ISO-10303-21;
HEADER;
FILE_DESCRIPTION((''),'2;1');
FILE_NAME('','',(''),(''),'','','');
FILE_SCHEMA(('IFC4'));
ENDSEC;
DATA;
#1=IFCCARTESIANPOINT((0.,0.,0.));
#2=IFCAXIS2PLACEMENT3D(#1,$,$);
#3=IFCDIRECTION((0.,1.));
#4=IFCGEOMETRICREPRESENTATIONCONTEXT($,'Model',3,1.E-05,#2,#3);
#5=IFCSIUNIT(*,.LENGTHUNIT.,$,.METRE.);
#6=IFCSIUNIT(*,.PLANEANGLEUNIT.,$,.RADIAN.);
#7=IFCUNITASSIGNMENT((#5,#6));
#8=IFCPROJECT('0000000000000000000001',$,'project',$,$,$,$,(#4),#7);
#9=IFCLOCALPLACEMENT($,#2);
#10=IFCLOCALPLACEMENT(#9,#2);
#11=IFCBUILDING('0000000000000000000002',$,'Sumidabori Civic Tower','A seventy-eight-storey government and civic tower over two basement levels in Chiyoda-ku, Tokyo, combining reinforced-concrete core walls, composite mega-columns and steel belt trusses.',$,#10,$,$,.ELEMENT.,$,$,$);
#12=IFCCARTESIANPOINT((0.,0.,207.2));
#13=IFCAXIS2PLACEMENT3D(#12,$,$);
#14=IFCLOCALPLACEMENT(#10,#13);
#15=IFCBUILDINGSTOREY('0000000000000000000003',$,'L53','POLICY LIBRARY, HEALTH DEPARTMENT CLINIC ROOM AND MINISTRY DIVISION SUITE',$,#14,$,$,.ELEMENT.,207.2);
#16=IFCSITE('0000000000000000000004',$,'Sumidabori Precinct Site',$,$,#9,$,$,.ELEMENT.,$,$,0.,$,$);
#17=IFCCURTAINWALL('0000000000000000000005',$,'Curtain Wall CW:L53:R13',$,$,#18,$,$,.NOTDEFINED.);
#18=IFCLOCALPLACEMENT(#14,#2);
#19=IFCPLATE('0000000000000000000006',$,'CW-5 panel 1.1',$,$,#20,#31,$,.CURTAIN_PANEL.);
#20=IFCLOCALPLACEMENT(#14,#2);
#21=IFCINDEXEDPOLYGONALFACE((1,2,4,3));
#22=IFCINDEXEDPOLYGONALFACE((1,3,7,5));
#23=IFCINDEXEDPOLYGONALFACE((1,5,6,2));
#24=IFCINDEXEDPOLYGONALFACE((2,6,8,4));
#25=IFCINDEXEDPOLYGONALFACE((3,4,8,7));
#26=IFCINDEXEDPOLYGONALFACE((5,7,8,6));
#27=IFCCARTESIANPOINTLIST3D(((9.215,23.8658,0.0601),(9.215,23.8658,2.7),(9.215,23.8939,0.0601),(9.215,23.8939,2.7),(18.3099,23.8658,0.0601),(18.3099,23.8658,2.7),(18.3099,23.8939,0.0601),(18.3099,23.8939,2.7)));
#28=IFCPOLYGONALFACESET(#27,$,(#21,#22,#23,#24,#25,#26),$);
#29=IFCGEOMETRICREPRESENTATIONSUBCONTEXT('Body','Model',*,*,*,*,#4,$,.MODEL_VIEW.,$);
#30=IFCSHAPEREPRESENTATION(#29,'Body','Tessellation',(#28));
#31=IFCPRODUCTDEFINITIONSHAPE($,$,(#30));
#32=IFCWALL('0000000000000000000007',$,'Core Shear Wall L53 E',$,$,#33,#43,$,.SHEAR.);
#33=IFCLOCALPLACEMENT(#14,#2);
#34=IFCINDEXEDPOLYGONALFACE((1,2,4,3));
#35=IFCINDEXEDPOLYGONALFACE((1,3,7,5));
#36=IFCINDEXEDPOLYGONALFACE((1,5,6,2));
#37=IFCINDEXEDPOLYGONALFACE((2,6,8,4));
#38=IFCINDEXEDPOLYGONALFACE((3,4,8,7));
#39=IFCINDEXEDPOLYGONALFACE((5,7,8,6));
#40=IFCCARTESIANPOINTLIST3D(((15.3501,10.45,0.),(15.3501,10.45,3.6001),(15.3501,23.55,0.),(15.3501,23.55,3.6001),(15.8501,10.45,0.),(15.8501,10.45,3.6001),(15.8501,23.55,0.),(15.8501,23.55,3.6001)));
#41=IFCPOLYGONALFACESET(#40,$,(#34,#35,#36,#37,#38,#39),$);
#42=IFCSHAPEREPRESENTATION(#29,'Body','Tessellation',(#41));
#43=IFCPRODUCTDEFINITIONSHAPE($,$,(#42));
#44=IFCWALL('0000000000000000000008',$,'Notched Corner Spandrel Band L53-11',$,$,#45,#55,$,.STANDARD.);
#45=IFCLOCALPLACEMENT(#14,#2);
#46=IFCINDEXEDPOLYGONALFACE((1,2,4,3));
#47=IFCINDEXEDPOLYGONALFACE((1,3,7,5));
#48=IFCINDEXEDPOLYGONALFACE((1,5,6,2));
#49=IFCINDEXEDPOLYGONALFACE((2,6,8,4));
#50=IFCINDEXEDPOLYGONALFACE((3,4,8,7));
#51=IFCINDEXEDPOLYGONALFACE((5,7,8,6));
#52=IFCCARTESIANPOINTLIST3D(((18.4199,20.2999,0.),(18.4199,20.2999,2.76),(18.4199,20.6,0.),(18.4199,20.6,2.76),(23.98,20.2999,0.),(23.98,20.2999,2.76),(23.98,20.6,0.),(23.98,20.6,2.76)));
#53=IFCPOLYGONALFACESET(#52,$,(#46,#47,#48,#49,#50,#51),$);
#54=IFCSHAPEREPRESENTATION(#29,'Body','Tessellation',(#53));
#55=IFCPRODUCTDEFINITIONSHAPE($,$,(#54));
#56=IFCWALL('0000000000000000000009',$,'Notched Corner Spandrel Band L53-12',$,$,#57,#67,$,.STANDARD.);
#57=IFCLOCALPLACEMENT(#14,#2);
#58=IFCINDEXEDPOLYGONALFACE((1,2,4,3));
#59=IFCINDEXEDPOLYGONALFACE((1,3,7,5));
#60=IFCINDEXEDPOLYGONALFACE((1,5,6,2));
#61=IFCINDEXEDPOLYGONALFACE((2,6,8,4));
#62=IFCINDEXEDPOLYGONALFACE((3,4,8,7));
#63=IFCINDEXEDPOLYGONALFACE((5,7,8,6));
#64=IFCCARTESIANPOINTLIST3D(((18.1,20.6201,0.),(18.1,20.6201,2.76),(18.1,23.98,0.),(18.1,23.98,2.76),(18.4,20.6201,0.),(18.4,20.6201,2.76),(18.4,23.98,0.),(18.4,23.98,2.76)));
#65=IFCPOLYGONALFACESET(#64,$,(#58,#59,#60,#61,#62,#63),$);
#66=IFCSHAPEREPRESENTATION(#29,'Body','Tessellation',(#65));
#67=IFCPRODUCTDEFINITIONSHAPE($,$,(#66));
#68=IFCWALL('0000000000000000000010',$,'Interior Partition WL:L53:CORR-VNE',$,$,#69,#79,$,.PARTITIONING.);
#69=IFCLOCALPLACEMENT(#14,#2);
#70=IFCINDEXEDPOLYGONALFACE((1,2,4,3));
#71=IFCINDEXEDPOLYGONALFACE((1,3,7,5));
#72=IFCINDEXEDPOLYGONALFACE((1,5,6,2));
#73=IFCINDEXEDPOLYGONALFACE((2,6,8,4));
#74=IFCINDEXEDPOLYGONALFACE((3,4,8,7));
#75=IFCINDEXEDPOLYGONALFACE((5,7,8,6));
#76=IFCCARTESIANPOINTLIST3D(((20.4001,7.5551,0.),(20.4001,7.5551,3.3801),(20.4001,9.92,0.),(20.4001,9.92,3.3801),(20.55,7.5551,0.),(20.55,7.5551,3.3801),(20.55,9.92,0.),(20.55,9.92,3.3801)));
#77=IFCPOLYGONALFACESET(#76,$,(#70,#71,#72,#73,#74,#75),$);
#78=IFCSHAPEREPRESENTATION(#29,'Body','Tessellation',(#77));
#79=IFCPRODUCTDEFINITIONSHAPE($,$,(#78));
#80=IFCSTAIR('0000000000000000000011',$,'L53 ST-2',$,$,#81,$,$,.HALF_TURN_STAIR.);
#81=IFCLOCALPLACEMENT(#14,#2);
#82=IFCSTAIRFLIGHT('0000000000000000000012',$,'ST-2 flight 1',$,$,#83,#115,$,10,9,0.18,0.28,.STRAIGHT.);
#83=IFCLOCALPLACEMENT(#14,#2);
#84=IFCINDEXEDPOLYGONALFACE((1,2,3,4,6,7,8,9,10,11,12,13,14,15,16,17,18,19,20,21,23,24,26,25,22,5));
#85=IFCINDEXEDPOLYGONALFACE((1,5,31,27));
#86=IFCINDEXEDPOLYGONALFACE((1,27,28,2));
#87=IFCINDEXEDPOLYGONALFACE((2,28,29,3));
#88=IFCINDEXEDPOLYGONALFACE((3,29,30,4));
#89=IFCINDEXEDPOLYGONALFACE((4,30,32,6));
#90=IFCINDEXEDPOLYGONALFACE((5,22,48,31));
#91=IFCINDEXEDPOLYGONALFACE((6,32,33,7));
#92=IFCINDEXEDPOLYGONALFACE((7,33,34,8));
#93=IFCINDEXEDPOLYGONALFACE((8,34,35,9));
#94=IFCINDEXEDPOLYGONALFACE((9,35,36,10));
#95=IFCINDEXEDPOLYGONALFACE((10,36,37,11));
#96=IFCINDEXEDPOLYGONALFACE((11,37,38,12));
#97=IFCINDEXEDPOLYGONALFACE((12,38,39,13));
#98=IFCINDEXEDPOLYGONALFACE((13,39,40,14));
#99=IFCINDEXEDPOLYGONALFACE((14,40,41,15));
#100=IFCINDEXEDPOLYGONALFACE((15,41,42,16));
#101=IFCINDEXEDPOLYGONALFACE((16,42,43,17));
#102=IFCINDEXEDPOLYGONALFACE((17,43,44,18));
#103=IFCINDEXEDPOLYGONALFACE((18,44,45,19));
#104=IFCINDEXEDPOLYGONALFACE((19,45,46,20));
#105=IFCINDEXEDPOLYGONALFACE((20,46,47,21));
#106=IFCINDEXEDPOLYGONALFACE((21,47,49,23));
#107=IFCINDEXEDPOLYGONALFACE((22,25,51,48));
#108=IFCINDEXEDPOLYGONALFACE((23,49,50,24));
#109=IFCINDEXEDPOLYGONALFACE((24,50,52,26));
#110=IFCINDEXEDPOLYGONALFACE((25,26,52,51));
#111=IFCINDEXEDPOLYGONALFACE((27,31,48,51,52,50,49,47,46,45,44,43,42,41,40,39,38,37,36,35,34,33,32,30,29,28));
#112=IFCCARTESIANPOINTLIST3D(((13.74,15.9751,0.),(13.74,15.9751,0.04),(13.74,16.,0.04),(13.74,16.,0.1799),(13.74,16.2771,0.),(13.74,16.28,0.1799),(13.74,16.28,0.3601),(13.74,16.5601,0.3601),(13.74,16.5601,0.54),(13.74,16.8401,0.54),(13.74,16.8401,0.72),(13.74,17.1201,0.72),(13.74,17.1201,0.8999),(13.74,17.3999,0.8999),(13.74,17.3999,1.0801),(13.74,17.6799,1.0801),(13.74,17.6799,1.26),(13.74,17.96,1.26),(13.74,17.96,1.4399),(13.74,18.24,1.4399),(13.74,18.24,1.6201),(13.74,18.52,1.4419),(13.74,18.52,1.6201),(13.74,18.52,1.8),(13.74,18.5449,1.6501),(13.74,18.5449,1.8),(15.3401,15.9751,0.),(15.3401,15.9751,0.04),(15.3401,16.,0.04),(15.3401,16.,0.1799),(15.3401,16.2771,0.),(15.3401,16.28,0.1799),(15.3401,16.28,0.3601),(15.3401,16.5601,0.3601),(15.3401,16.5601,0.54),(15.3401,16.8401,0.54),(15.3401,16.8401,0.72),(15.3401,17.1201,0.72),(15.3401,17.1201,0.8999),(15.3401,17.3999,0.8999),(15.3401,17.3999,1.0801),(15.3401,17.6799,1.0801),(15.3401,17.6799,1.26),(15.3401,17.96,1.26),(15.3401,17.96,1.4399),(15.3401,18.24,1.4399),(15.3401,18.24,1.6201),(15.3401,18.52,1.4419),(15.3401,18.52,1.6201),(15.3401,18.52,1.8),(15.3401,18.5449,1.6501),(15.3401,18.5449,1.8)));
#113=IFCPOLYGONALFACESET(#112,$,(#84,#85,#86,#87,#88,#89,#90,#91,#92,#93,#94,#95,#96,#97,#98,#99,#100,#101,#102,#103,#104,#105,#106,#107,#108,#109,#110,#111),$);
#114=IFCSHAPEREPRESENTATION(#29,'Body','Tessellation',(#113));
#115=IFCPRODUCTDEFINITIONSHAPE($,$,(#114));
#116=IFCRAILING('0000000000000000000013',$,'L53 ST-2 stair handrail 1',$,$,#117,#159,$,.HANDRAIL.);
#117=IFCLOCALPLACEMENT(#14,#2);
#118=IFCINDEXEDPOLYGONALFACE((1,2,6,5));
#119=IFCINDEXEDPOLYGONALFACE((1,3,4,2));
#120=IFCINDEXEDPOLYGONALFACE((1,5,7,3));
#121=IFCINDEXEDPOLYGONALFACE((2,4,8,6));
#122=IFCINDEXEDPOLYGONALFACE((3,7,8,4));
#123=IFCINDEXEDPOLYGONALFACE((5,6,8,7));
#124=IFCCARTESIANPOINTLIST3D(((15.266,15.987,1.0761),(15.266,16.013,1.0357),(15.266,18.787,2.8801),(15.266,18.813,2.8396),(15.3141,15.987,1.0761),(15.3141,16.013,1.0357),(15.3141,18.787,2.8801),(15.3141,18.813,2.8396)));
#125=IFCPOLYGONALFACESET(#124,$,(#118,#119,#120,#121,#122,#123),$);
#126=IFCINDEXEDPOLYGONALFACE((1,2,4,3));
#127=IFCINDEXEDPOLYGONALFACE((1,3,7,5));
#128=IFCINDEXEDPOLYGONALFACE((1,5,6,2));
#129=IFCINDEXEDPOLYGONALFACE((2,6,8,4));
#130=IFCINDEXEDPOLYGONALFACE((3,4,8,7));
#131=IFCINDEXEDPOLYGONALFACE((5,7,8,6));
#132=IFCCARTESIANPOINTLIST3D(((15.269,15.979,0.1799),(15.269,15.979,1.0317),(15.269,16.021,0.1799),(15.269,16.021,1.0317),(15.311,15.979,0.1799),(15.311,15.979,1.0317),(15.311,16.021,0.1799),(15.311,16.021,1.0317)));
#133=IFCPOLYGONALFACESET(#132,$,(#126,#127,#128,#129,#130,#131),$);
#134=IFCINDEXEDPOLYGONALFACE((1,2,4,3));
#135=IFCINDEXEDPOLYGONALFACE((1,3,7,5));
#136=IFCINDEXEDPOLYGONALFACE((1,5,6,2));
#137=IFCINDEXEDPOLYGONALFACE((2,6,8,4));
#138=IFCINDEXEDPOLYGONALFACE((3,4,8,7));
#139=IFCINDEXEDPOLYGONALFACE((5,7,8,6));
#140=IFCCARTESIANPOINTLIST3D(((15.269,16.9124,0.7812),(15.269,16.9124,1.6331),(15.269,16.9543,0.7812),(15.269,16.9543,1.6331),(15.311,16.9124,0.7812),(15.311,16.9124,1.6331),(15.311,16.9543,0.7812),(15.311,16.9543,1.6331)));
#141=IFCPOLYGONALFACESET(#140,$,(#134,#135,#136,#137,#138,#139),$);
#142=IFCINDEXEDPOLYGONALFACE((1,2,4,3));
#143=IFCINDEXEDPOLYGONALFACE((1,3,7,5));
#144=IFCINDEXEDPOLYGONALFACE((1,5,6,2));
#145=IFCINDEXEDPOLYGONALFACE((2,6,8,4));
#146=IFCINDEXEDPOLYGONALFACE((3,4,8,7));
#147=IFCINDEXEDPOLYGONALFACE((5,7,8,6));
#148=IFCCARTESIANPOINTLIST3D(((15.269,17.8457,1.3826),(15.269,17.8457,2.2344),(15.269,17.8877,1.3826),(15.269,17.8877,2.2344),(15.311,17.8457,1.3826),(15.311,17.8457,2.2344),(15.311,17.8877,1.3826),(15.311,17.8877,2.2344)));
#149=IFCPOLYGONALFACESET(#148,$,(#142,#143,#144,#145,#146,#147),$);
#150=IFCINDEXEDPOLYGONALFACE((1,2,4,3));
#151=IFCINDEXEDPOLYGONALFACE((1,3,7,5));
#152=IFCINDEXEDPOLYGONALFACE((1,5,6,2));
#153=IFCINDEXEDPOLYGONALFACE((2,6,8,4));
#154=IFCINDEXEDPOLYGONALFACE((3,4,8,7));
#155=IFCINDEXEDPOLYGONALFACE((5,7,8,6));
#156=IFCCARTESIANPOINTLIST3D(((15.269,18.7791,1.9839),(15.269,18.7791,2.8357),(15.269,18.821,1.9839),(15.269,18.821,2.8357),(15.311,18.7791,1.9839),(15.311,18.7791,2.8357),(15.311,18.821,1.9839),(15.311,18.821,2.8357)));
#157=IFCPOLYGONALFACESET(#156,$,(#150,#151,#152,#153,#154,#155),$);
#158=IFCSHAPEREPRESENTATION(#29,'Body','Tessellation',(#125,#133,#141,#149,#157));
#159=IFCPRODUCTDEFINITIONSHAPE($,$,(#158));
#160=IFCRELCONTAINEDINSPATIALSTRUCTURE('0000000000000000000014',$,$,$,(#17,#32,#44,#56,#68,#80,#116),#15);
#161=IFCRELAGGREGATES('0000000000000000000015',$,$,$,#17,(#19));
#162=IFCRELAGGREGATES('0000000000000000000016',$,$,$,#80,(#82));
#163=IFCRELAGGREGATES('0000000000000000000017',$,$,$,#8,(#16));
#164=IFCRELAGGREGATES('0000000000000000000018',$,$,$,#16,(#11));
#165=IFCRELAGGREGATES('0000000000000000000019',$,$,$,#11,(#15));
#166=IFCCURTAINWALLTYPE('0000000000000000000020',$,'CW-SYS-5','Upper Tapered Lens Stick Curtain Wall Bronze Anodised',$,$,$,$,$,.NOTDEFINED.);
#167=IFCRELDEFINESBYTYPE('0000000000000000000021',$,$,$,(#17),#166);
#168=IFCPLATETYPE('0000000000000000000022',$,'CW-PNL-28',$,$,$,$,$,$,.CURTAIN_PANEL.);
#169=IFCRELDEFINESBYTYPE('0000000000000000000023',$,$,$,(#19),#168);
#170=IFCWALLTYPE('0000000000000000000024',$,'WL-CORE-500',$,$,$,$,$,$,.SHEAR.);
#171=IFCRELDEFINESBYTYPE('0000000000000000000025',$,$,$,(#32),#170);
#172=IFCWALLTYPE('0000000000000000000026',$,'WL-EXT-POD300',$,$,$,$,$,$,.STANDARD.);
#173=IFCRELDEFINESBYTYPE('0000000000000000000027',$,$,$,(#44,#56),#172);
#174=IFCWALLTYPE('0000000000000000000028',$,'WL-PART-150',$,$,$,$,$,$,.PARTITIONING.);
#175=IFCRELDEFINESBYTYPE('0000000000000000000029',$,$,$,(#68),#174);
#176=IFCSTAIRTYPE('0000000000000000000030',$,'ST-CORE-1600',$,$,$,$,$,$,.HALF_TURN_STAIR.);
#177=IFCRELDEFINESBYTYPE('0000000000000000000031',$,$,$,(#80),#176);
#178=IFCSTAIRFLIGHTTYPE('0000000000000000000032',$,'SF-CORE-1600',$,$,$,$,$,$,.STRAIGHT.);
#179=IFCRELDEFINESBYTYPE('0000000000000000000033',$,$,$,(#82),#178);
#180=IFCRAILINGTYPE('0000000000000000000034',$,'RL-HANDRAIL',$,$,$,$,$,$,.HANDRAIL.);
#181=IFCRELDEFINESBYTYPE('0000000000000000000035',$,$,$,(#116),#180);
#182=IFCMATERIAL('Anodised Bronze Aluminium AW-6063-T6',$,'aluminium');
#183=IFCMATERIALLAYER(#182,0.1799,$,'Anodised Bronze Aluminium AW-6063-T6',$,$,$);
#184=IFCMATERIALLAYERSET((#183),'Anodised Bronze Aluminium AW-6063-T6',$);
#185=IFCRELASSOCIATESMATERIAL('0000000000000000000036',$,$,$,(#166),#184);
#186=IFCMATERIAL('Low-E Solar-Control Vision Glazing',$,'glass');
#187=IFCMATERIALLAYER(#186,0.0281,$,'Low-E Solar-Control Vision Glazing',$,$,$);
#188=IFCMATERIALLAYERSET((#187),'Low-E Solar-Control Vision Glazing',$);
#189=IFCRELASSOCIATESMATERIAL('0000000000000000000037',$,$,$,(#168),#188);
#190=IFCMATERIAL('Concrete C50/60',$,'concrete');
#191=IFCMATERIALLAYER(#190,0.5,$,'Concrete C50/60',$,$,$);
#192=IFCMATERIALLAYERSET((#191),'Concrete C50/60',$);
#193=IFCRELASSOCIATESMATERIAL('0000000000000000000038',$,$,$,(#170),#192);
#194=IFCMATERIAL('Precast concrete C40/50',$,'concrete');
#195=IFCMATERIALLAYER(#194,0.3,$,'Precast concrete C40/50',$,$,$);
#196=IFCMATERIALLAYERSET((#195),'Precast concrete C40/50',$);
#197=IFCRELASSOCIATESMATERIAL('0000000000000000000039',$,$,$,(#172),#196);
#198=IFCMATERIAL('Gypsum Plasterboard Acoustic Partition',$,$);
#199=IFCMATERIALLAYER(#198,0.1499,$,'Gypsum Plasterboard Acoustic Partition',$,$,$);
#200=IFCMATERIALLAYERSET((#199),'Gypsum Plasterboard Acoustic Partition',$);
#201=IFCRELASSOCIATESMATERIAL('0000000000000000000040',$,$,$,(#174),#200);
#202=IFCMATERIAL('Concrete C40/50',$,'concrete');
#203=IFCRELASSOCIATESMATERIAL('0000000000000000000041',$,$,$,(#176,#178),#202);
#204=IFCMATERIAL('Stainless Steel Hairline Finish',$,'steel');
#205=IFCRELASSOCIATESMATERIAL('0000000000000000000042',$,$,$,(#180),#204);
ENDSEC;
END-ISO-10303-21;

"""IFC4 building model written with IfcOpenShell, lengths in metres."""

from ifc_helpers import new_model, si_unit, direction, frame, frame_2d, origin, origin_2d, place, context, subcontext, project, spatial, polyline, rectangle, outline, extrude, source, transform, mapped, material, layer, layer_set, type_object, element, aggregate, save


model = new_model("IFC4")

# Units and contexts
model_context = context("Model", 3, precision=1e-05, world=origin(), true_north=direction((0.0, 1.0)))
body_context = subcontext(model_context, "Body", "Model", "MODEL_VIEW")
ifc_project = project(units=[si_unit("LENGTHUNIT", "METRE"), si_unit("PLANEANGLEUNIT", "RADIAN")], contexts=[model_context])

# Site, building, storey
site_placement = place(None, origin())
site = spatial("IfcSite", under=ifc_project, at=site_placement, Name="Sumidabori Precinct Site", CompositionType="ELEMENT", RefElevation=0.0)
building_placement = place(site_placement, origin())
building = spatial("IfcBuilding", under=site, at=building_placement, Name="Sumidabori Civic Tower", Description="A seventy-eight-storey government and civic tower over two basement levels in Chiyoda-ku, Tokyo, combining reinforced-concrete core walls, composite mega-columns and steel belt trusses.", CompositionType="ELEMENT")
storey_placement = place(building_placement, frame((0.0, 0.0, 207.2)))
storey = spatial("IfcBuildingStorey", under=building, at=storey_placement, Name="L53", Description="POLICY LIBRARY, HEALTH DEPARTMENT CLINIC ROOM AND MINISTRY DIVISION SUITE", CompositionType="ELEMENT", Elevation=207.2)

# Shared definitions
ifc_material_1 = material(Name="Anodised Bronze Aluminium AW-6063-T6", Category="aluminium")
ifc_layer_1 = layer(ifc_material_1, 0.1799, Name="Anodised Bronze Aluminium AW-6063-T6")
ifc_layer_set_1 = layer_set([ifc_layer_1], Name="Anodised Bronze Aluminium AW-6063-T6")
curtain_wall_type = type_object("IfcCurtainWallType", Name="CW-SYS-5", Description="Upper Tapered Lens Stick Curtain Wall Bronze Anodised", PredefinedType="NOTDEFINED", material=ifc_layer_set_1)

# Curtain wall
curtain_wall_1_placement = place(storey_placement, origin())
curtain_wall_1 = element("IfcCurtainWall", 1, at=curtain_wall_1_placement, inside=storey, type_object=curtain_wall_type, Name="Curtain Wall CW:L53:R13", PredefinedType="NOTDEFINED")

# Plate
ifc_material_2 = material(Name="Low-E Solar-Control Vision Glazing", Category="glass")
ifc_layer_2 = layer(ifc_material_2, 0.0281, Name="Low-E Solar-Control Vision Glazing")
ifc_layer_set_2 = layer_set([ifc_layer_2], Name="Low-E Solar-Control Vision Glazing")
plate_type = type_object("IfcPlateType", Name="CW-PNL-28", PredefinedType="CURTAIN_PANEL", material=ifc_layer_set_2)
shared_shape_1 = source(origin(), body_context, "Body", "SweptSolid", [
    extrude(rectangle(XDim=9.095, YDim=0.0281, at=origin_2d()), origin(), (0.0, 0.0, 1.0), 2.6399),
])
plate_1_placement = place(storey_placement, frame((13.7625, 23.8799, 0.0601), z_axis=(0.0, 0.0, 1.0), x_axis=(-1.0, 0.0, 0.0)))
plate_1 = element("IfcPlate", 2, at=plate_1_placement, type_object=plate_type, Name="CW-5 panel 1.1", PredefinedType="CURTAIN_PANEL", context=body_context, shape_type="MappedRepresentation", body=[
    mapped(shared_shape_1, transform((0.0, 0.0, 0.0), x_axis=(1.0, 0.0, 0.0), y_axis=(0.0, 1.0, 0.0), z_axis=(0.0, 0.0, 1.0), scale=1.0)),
])
aggregate(curtain_wall_1, [plate_1])

# Walls
ifc_material_3 = material(Name="Concrete C50/60", Category="concrete")
ifc_layer_3 = layer(ifc_material_3, 0.5, Name="Concrete C50/60")
ifc_layer_set_3 = layer_set([ifc_layer_3], Name="Concrete C50/60")
wall_type_1 = type_object("IfcWallType", Name="WL-CORE-500", PredefinedType="SHEAR", material=ifc_layer_set_3)
shared_shape_2 = source(origin(), body_context, "Body", "SweptSolid", [
    extrude(rectangle(XDim=13.1001, YDim=0.5, at=frame_2d((6.55, 0.0))), origin(), (0.0, 0.0, 1.0), 3.6001),
])
wall_1_placement = place(storey_placement, frame((15.6001, 10.45, 0.0), z_axis=(0.0, 0.0, 1.0), x_axis=(0.0, 1.0, 0.0)))
element("IfcWall", 3, at=wall_1_placement, inside=storey, type_object=wall_type_1, Name="Core Shear Wall L53 E", PredefinedType="SHEAR", context=body_context, shape_type="MappedRepresentation", body=[
    mapped(shared_shape_2, transform((0.0, 0.0, 0.0), x_axis=(1.0, 0.0, 0.0), y_axis=(0.0, 1.0, 0.0), z_axis=(0.0, 0.0, 1.0), scale=1.0)),
])
ifc_material_4 = material(Name="Precast concrete C40/50", Category="concrete")
ifc_layer_4 = layer(ifc_material_4, 0.3, Name="Precast concrete C40/50")
ifc_layer_set_4 = layer_set([ifc_layer_4], Name="Precast concrete C40/50")
wall_type_2 = type_object("IfcWallType", Name="WL-EXT-POD300", PredefinedType="STANDARD", material=ifc_layer_set_4)
shared_shape_3 = source(origin(), body_context, "Body", "SweptSolid", [
    extrude(rectangle(XDim=5.5601, YDim=0.3, at=frame_2d((2.78, 0.0))), origin(), (0.0, 0.0, 1.0), 2.76),
])
wall_2_placement = place(storey_placement, frame((23.98, 20.45, 0.0), z_axis=(0.0, 0.0, 1.0), x_axis=(-1.0, 0.0, 0.0)))
element("IfcWall", 4, at=wall_2_placement, inside=storey, type_object=wall_type_2, Name="Notched Corner Spandrel Band L53-11", PredefinedType="STANDARD", context=body_context, shape_type="MappedRepresentation", body=[
    mapped(shared_shape_3, transform((0.0, 0.0, 0.0), x_axis=(1.0, 0.0, 0.0), y_axis=(0.0, 1.0, 0.0), z_axis=(0.0, 0.0, 1.0), scale=1.0)),
])
shared_shape_4 = source(origin(), body_context, "Body", "SweptSolid", [
    extrude(rectangle(XDim=3.3599, YDim=0.3, at=frame_2d((1.6799, 0.0))), origin(), (0.0, 0.0, 1.0), 2.76),
])
wall_3_placement = place(storey_placement, frame((18.25, 20.6201, 0.0), z_axis=(0.0, 0.0, 1.0), x_axis=(0.0, 1.0, 0.0)))
element("IfcWall", 5, at=wall_3_placement, inside=storey, type_object=wall_type_2, Name="Notched Corner Spandrel Band L53-12", PredefinedType="STANDARD", context=body_context, shape_type="MappedRepresentation", body=[
    mapped(shared_shape_4, transform((0.0, 0.0, 0.0), x_axis=(1.0, 0.0, 0.0), y_axis=(0.0, 1.0, 0.0), z_axis=(0.0, 0.0, 1.0), scale=1.0)),
])

# Shared definitions
ifc_material_5 = material(Name="Gypsum Plasterboard Acoustic Partition")
ifc_layer_5 = layer(ifc_material_5, 0.1499, Name="Gypsum Plasterboard Acoustic Partition")
ifc_layer_set_5 = layer_set([ifc_layer_5], Name="Gypsum Plasterboard Acoustic Partition")
wall_type_3 = type_object("IfcWallType", Name="WL-PART-150", PredefinedType="PARTITIONING", material=ifc_layer_set_5)

# Wall
shared_shape_5 = source(origin(), body_context, "Body", "SweptSolid", [
    extrude(rectangle(XDim=2.365, YDim=0.1499, at=frame_2d((1.1826, 0.0))), origin(), (0.0, 0.0, 1.0), 3.3801),
])
wall_4_placement = place(storey_placement, frame((20.4751, 7.5549, 0.0), z_axis=(0.0, 0.0, 1.0), x_axis=(0.0, 1.0, 0.0)))
element("IfcWall", 6, at=wall_4_placement, inside=storey, type_object=wall_type_3, Name="Interior Partition WL:L53:CORR-VNE", PredefinedType="PARTITIONING", context=body_context, shape_type="MappedRepresentation", body=[
    mapped(shared_shape_5, transform((0.0, 0.0, 0.0), x_axis=(1.0, 0.0, 0.0), y_axis=(0.0, 1.0, 0.0), z_axis=(0.0, 0.0, 1.0), scale=1.0)),
])

# Stair, stair flight
ifc_material_6 = material(Name="Concrete C40/50", Category="concrete")
stair_type = type_object("IfcStairType", Name="ST-CORE-1600", PredefinedType="HALF_TURN_STAIR", material=ifc_material_6)
stair_placement = place(storey_placement, origin())
stair = element("IfcStair", 7, at=stair_placement, inside=storey, type_object=stair_type, Name="L53 ST-2", PredefinedType="HALF_TURN_STAIR")
stair_flight_type = type_object("IfcStairFlightType", Name="SF-CORE-1600", PredefinedType="STRAIGHT", material=ifc_material_6)
shared_shape_6 = source(origin(), body_context, "Body", "SweptSolid", [
    extrude(outline(polyline([(-0.0249, 0.0), (-0.0249, 0.04), (0.0, 0.04), (0.0, 0.1799), (0.28, 0.1799), (0.28, 0.3601), (0.5601, 0.3601), (0.5601, 0.54), (0.8401, 0.54), (0.8401, 0.72), (1.1201, 0.72), (1.1201, 0.8999), (1.3999, 0.8999), (1.3999, 1.0801), (1.6799, 1.0801), (1.6799, 1.26), (1.96, 1.26), (1.96, 1.4399), (2.24, 1.4399), (2.24, 1.6201), (2.52, 1.6201), (2.52, 1.8), (2.5449, 1.8), (2.5449, 1.6501), (2.52, 1.4419), (0.2771, 0.0), (-0.0249, 0.0)])), frame((0.0, 0.8, 0.0), z_axis=(0.0, -1.0, 0.0), x_axis=(1.0, 0.0, 0.0)), (0.0, 0.0, 1.0), 1.6001),
])
stair_flight_placement = place(storey_placement, frame((14.54, 16.0, 0.0), z_axis=(0.0, 0.0, 1.0), x_axis=(0.0, 1.0, 0.0)))
stair_flight = element("IfcStairFlight", 8, at=stair_flight_placement, type_object=stair_flight_type, Name="ST-2 flight 1", NumberOfRisers=10, NumberOfTreads=9, PredefinedType="STRAIGHT", RiserHeight=0.18, TreadLength=0.28, context=body_context, shape_type="MappedRepresentation", body=[
    mapped(shared_shape_6, transform((0.0, 0.0, 0.0), x_axis=(1.0, 0.0, 0.0), y_axis=(0.0, 1.0, 0.0), z_axis=(0.0, 0.0, 1.0), scale=1.0)),
])
aggregate(stair, [stair_flight])

# Railing
ifc_material_7 = material(Name="Stainless Steel Hairline Finish", Category="steel")
railing_type_1 = type_object("IfcRailingType", Name="RL-HANDRAIL", PredefinedType="HANDRAIL", material=ifc_material_7)
railing_1_placement = place(storey_placement, frame((15.29, 16.0, 0.1799)))
element("IfcRailing", 9, at=railing_1_placement, inside=storey, type_object=railing_type_1, Name="L53 ST-2 stair handrail 1", PredefinedType="HANDRAIL", context=body_context, shape_type="SweptSolid", body=[
    extrude(rectangle(XDim=0.0481, YDim=0.0481, at=origin_2d()), frame((0.0, 0.0, 0.876), z_axis=(0.0, 0.840642, 0.541591), x_axis=(-1.0, 0.0, 0.0)), (0.0, 0.0, 1.0), 3.3308),
    extrude(rectangle(XDim=0.042, YDim=0.042, at=origin_2d()), origin(), (0.0, 0.0, 1.0), 0.8518),
    extrude(rectangle(XDim=0.042, YDim=0.042, at=origin_2d()), frame((0.0, 0.9333, 0.6013)), (0.0, 0.0, 1.0), 0.8518),
    extrude(rectangle(XDim=0.042, YDim=0.042, at=origin_2d()), frame((0.0, 1.8667, 1.2026)), (0.0, 0.0, 1.0), 0.8518),
    extrude(rectangle(XDim=0.042, YDim=0.042, at=origin_2d()), frame((0.0, 2.8, 1.804)), (0.0, 0.0, 1.0), 0.8518),
])

save(model, "model.ifc")
